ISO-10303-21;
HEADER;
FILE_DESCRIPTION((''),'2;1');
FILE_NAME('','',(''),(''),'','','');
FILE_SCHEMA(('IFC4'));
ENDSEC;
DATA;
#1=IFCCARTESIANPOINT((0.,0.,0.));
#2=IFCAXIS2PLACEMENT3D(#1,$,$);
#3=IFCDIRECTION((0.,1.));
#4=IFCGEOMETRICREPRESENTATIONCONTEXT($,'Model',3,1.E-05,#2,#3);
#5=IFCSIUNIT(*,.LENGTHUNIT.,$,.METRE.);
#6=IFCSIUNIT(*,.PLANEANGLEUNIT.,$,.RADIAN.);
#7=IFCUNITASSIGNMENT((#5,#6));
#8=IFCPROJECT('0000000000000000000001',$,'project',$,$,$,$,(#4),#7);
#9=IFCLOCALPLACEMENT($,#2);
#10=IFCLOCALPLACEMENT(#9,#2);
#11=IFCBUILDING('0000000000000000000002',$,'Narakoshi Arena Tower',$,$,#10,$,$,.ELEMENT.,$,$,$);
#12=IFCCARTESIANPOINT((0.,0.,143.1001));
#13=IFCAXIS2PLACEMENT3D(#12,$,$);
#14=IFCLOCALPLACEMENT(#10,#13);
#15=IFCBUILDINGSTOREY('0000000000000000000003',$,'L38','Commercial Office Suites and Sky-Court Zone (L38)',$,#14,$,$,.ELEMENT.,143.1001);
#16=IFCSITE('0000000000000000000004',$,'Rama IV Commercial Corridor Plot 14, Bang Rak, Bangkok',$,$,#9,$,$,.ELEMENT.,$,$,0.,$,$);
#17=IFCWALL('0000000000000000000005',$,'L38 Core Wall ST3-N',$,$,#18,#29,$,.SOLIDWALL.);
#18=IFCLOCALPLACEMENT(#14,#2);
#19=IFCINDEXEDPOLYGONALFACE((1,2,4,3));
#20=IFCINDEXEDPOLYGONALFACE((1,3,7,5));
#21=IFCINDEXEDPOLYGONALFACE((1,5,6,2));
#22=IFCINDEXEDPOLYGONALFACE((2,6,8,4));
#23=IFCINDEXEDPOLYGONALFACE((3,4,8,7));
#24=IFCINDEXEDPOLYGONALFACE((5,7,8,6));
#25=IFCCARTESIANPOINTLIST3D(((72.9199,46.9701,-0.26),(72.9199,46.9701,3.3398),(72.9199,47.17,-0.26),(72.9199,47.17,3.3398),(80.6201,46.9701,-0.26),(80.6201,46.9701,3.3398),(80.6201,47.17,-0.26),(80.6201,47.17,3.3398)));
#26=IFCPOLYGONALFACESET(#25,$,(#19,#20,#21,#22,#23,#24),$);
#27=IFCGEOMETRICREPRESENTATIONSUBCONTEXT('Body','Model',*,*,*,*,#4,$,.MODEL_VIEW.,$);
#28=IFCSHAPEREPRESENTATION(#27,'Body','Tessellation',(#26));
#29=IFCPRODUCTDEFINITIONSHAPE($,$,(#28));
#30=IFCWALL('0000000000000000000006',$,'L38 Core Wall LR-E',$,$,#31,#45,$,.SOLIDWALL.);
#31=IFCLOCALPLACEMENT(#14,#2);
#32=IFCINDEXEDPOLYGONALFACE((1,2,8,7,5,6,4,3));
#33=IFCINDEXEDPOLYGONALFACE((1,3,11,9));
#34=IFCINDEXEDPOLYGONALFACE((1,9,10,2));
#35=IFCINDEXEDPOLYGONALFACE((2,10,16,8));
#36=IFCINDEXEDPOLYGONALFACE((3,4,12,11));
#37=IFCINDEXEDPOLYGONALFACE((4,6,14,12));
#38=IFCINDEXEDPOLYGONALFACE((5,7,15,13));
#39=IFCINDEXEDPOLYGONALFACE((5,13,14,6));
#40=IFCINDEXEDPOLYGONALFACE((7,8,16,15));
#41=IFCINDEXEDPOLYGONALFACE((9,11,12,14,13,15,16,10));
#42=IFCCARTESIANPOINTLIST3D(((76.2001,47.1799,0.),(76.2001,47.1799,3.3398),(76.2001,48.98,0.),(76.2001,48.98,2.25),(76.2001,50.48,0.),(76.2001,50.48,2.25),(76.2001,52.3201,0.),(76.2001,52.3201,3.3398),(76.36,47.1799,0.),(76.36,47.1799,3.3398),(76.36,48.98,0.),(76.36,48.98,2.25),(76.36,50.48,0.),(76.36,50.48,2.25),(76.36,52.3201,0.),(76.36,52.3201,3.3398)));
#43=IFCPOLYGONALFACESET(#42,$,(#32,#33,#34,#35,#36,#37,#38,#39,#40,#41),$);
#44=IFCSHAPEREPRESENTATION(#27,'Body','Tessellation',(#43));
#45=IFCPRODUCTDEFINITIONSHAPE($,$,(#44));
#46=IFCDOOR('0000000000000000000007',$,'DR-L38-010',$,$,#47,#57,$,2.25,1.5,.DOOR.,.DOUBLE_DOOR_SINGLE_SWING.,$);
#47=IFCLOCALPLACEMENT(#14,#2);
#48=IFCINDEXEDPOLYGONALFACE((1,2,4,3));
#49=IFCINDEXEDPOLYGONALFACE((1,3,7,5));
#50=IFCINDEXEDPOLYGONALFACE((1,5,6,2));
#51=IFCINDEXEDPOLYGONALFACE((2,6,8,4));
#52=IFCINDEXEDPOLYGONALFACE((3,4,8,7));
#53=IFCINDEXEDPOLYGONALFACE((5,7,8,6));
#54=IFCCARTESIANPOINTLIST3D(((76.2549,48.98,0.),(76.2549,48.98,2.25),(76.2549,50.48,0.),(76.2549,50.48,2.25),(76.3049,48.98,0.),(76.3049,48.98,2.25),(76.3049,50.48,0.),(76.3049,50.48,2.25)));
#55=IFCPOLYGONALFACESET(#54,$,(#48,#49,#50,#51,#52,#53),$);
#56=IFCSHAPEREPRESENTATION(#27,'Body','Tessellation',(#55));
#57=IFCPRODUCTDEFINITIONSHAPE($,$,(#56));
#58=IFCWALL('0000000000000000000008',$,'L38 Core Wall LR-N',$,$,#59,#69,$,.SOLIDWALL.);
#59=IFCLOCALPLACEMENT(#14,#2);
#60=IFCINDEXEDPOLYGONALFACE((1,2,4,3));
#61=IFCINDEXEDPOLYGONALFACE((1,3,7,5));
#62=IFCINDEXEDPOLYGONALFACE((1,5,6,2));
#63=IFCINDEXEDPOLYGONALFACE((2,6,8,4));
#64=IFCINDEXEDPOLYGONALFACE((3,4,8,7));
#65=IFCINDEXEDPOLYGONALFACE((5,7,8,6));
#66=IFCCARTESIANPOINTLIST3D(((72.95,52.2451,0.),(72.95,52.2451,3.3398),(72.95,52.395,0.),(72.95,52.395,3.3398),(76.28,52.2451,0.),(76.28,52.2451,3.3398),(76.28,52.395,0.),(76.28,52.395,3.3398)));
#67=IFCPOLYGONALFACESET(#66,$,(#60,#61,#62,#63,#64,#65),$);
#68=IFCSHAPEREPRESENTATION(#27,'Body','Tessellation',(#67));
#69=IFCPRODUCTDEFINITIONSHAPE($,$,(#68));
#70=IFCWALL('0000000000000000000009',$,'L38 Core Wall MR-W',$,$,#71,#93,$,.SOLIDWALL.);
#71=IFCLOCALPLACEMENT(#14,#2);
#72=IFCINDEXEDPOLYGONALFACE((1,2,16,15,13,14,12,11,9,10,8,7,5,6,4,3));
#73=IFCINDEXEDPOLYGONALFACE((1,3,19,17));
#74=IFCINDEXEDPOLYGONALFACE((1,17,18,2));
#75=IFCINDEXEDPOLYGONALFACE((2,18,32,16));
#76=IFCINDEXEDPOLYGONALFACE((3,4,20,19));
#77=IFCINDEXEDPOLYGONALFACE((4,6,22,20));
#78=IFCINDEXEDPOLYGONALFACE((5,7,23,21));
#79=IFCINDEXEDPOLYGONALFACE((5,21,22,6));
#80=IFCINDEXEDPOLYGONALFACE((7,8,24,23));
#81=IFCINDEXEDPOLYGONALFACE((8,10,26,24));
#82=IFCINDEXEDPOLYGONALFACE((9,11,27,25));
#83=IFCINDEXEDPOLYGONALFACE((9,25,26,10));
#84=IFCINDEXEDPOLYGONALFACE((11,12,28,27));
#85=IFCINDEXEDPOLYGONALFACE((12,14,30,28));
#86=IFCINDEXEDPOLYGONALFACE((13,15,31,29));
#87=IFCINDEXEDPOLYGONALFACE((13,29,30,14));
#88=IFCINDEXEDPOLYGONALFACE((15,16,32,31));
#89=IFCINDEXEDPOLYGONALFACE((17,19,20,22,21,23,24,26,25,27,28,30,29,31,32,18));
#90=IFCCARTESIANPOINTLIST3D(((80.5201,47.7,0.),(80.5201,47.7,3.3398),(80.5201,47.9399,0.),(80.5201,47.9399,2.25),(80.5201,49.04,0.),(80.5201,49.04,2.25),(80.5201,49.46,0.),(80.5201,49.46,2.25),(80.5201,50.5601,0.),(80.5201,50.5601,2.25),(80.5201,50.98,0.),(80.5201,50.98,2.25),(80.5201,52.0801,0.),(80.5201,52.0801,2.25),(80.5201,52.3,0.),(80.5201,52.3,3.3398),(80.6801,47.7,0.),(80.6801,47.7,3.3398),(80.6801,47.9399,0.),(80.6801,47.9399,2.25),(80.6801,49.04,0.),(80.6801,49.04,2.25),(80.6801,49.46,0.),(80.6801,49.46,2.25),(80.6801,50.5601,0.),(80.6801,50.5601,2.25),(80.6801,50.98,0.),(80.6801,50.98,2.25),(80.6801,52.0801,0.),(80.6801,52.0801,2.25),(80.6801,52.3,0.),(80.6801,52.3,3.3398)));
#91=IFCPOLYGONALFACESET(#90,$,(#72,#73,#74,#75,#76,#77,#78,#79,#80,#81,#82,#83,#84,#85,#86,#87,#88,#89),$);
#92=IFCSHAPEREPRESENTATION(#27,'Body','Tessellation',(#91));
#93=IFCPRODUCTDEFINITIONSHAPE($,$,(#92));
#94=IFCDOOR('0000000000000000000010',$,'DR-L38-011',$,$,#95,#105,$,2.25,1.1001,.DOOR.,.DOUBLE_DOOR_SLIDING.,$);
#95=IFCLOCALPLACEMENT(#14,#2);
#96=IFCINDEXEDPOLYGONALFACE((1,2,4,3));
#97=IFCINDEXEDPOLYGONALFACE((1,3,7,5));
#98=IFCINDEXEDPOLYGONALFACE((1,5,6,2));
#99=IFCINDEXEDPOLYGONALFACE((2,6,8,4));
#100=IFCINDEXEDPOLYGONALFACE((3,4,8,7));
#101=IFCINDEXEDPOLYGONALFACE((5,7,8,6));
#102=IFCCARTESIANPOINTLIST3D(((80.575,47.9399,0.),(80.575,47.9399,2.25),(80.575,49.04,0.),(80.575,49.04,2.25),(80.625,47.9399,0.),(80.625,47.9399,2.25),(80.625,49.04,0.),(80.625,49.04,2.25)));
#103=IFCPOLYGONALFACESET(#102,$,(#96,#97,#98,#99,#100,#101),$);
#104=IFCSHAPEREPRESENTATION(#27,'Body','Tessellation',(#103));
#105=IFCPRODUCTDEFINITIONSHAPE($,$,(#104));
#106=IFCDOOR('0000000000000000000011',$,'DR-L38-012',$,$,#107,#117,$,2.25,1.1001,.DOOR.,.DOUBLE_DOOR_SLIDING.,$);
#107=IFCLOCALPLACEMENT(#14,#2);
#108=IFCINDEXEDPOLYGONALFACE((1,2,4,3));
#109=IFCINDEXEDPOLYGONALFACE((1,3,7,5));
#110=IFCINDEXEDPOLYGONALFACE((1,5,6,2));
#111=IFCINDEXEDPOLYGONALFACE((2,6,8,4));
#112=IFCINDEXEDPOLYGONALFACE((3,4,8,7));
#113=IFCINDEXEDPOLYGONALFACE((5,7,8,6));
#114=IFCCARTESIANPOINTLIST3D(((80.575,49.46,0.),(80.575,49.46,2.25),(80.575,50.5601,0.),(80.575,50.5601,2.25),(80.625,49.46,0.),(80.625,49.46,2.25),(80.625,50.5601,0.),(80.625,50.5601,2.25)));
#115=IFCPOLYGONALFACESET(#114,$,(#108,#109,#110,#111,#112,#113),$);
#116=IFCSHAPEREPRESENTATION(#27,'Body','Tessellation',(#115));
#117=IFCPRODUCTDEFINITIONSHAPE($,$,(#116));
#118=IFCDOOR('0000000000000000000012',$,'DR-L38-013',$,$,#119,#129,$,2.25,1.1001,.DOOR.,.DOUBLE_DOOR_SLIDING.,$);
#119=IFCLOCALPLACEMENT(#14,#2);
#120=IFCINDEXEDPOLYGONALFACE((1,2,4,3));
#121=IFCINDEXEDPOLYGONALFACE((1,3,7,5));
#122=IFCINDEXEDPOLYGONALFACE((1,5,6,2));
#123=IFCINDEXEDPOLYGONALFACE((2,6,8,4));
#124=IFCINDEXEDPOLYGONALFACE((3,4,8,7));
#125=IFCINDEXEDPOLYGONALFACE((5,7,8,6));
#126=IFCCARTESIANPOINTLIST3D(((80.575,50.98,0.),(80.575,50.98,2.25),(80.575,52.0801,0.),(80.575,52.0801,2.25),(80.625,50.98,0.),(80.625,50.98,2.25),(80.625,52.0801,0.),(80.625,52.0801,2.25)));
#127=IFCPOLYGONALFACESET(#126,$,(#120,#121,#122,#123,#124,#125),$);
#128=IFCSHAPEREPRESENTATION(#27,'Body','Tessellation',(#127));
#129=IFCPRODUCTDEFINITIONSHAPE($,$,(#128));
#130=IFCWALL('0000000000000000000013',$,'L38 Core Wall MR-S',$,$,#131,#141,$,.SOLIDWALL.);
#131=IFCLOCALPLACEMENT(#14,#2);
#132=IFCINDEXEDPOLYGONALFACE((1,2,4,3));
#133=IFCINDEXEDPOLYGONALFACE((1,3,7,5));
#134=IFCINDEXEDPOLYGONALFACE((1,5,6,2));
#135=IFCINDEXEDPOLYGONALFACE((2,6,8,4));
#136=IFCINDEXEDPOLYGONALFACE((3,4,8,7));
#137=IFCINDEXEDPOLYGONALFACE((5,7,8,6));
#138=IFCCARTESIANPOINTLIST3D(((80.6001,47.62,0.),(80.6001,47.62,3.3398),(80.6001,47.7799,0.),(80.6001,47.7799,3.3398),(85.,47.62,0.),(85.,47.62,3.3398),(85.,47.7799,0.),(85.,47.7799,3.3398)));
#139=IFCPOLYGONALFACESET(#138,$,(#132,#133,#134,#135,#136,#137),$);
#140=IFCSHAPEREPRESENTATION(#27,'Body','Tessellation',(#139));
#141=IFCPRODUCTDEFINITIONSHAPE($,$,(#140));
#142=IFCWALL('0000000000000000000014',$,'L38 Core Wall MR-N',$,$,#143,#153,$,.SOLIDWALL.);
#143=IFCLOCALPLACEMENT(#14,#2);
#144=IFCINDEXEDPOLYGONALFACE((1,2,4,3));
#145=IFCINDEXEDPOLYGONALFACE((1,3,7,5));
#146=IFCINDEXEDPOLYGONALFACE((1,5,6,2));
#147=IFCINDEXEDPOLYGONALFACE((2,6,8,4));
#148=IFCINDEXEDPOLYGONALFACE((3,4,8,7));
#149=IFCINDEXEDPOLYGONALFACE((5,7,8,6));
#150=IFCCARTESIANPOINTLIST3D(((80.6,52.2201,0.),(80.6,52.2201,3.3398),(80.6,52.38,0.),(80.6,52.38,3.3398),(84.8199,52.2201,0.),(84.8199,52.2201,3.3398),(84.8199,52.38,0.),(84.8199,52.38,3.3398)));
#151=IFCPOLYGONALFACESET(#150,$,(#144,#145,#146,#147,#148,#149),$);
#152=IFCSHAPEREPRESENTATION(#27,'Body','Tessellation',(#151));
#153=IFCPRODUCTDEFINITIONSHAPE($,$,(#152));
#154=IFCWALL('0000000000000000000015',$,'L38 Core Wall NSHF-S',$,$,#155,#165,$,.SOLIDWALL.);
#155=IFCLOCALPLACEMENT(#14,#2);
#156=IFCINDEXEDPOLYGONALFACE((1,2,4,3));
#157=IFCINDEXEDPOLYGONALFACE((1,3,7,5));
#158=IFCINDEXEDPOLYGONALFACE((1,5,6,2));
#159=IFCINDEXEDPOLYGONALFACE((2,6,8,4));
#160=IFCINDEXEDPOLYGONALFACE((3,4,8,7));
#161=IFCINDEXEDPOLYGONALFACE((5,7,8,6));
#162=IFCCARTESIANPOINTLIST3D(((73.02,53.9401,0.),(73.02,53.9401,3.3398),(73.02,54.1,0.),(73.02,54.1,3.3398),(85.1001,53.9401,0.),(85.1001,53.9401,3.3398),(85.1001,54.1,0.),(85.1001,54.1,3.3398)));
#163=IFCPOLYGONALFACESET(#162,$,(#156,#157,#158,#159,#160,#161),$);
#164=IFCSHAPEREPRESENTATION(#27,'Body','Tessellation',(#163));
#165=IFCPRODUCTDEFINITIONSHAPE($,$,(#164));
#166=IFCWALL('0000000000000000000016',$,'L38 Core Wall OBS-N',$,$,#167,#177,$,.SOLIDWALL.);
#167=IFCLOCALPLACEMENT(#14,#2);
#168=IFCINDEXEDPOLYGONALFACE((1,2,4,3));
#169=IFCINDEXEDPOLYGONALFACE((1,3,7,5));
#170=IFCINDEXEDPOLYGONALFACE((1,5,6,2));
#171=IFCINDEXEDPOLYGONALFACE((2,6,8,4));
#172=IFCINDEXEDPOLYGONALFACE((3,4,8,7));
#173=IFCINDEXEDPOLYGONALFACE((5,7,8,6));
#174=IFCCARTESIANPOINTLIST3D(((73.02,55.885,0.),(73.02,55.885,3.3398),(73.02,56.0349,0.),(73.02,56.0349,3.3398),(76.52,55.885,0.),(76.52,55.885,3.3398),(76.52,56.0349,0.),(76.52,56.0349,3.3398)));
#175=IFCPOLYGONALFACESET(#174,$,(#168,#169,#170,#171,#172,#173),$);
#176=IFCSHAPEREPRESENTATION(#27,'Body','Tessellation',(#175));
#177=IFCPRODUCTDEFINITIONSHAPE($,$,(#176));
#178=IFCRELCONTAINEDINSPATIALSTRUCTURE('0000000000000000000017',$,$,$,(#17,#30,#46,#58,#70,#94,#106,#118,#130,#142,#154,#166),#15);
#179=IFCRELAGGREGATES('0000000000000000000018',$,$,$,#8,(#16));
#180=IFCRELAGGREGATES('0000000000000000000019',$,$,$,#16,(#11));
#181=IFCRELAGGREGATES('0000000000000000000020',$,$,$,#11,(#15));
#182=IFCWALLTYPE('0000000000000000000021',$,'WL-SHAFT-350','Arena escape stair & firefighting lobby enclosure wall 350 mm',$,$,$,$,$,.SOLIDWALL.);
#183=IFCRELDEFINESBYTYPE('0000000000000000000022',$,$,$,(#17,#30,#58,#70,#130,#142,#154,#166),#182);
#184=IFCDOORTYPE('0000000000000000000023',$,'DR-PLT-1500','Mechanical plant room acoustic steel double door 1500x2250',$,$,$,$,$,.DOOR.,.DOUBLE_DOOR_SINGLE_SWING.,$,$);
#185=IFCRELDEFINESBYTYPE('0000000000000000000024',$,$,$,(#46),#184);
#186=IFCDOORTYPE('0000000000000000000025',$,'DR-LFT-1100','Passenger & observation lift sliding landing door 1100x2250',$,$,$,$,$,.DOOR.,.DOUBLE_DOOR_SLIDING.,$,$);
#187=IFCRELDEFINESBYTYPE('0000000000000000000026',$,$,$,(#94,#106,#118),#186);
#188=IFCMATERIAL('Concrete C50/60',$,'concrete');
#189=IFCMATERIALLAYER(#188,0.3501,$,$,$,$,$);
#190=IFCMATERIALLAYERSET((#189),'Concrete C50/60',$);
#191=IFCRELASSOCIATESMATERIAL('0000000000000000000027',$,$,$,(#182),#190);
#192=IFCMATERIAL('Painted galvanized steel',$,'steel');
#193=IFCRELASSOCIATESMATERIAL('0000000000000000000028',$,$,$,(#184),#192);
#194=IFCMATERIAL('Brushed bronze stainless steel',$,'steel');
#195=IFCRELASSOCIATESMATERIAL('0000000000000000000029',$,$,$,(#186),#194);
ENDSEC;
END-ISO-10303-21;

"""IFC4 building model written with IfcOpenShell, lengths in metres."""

from ifc_helpers import new_model, si_unit, direction, frame, frame_2d, origin, place, context, subcontext, project, spatial, rectangle, extrude, material, layer, layer_set, type_object, element, fill, save


model = new_model("IFC4")

# Units and contexts
model_context = context("Model", 3, precision=1e-05, world=origin(), true_north=direction((0.0, 1.0)))
body_context = subcontext(model_context, "Body", "Model", "MODEL_VIEW")
ifc_project = project(units=[si_unit("LENGTHUNIT", "METRE"), si_unit("PLANEANGLEUNIT", "RADIAN")], contexts=[model_context])

# Site, building, storey
site_placement = place(None, origin())
site = spatial("IfcSite", under=ifc_project, at=site_placement, Name="Rama IV Commercial Corridor Plot 14, Bang Rak, Bangkok", CompositionType="ELEMENT", RefElevation=0.0)
building_placement = place(site_placement, origin())
building = spatial("IfcBuilding", under=site, at=building_placement, Name="Narakoshi Arena Tower", CompositionType="ELEMENT")
storey_placement = place(building_placement, frame((0.0, 0.0, 143.1001)))
storey = spatial("IfcBuildingStorey", under=building, at=storey_placement, Name="L38", Description="Commercial Office Suites and Sky-Court Zone (L38)", CompositionType="ELEMENT", Elevation=143.1001)

# Wall
ifc_material_1 = material(Name="Concrete C50/60", Category="concrete")
ifc_layer_1 = layer(ifc_material_1, 0.3501)
ifc_layer_set_1 = layer_set([ifc_layer_1], Name="Concrete C50/60")
wall_type_1 = type_object("IfcWallType", Name="WL-SHAFT-350", Description="Arena escape stair & firefighting lobby enclosure wall 350 mm", PredefinedType="SOLIDWALL", material=ifc_layer_set_1)
wall_1_placement = place(storey_placement, frame((72.9199, 47.0701, -0.26), z_axis=(0.0, 0.0, 1.0), x_axis=(1.0, 0.0, 0.0)))
element("IfcWall", 1, at=wall_1_placement, inside=storey, type_object=wall_type_1, Name="L38 Core Wall ST3-N", PredefinedType="SOLIDWALL", context=body_context, shape_type="SweptSolid", body=[
    extrude(rectangle(XDim=7.7002, YDim=0.2, at=frame_2d((3.8501, 0.0))), origin(), (0.0, 0.0, 1.0), 3.5999),
])

# Wall, opening, door
wall_2_placement = place(storey_placement, frame((76.28, 47.1799, 0.0), z_axis=(0.0, 0.0, 1.0), x_axis=(0.0, 1.0, 0.0)))
wall_2 = element("IfcWall", 2, at=wall_2_placement, inside=storey, type_object=wall_type_1, Name="L38 Core Wall LR-E", PredefinedType="SOLIDWALL", context=body_context, shape_type="SweptSolid", body=[
    extrude(rectangle(XDim=5.1401, YDim=0.1599, at=frame_2d((2.5701, 0.0))), origin(), (0.0, 0.0, 1.0), 3.3398),
])
opening_1_placement = place(wall_2_placement, frame((1.8, 0.0, 0.0)))
opening_1 = element("IfcOpeningElement", 3, at=opening_1_placement, cuts=wall_2, PredefinedType="OPENING", context=body_context, shape_type="SweptSolid", body=[
    extrude(rectangle(XDim=1.5, YDim=2.25, at=frame_2d((0.75, 1.125))), frame((0.0, 0.0898, 0.0), z_axis=(0.0, -1.0, 0.0), x_axis=(1.0, 0.0, 0.0)), (0.0, 0.0, 1.0), 0.1799),
])
ifc_material_2 = material(Name="Painted galvanized steel", Category="steel")
door_type_1 = type_object("IfcDoorType", Name="DR-PLT-1500", Description="Mechanical plant room acoustic steel double door 1500x2250", OperationType="DOUBLE_DOOR_SINGLE_SWING", PredefinedType="DOOR", material=ifc_material_2)
door_1_placement = place(opening_1_placement, frame((1.5, 0.0, 0.0), z_axis=(0.0, 0.0, 1.0), x_axis=(-1.0, 0.0, 0.0)))
door_1 = element("IfcDoor", 4, at=door_1_placement, inside=storey, type_object=door_type_1, Name="DR-L38-010", OperationType="DOUBLE_DOOR_SINGLE_SWING", OverallHeight=2.25, OverallWidth=1.5, PredefinedType="DOOR", context=body_context, shape_type="SweptSolid", body=[
    extrude(rectangle(XDim=1.5, YDim=2.25, at=frame_2d((0.75, 1.125))), frame((0.0, 0.0249, 0.0), z_axis=(0.0, -1.0, 0.0), x_axis=(1.0, 0.0, 0.0)), (0.0, 0.0, 1.0), 0.05),
])
fill(opening_1, door_1)

# Wall
wall_3_placement = place(storey_placement, frame((72.95, 52.3201, 0.0), z_axis=(0.0, 0.0, 1.0), x_axis=(1.0, 0.0, 0.0)))
element("IfcWall", 5, at=wall_3_placement, inside=storey, type_object=wall_type_1, Name="L38 Core Wall LR-N", PredefinedType="SOLIDWALL", context=body_context, shape_type="SweptSolid", body=[
    extrude(rectangle(XDim=3.3301, YDim=0.1499, at=frame_2d((1.665, 0.0))), origin(), (0.0, 0.0, 1.0), 3.3398),
])

# Wall, openings, doors
wall_4_placement = place(storey_placement, frame((80.6001, 47.7, 0.0), z_axis=(0.0, 0.0, 1.0), x_axis=(0.0, 1.0, 0.0)))
wall_4 = element("IfcWall", 6, at=wall_4_placement, inside=storey, type_object=wall_type_1, Name="L38 Core Wall MR-W", PredefinedType="SOLIDWALL", context=body_context, shape_type="SweptSolid", body=[
    extrude(rectangle(XDim=4.6001, YDim=0.1599, at=frame_2d((2.3, 0.0))), origin(), (0.0, 0.0, 1.0), 3.3398),
])
opening_2_placement = place(wall_4_placement, frame((0.24, 0.0, 0.0)))
opening_2 = element("IfcOpeningElement", 7, at=opening_2_placement, cuts=wall_4, PredefinedType="OPENING", context=body_context, shape_type="SweptSolid", body=[
    extrude(rectangle(XDim=1.1001, YDim=2.25, at=frame_2d((0.55, 1.125))), frame((0.0, 0.0898, 0.0), z_axis=(0.0, -1.0, 0.0), x_axis=(1.0, 0.0, 0.0)), (0.0, 0.0, 1.0), 0.1799),
])
opening_3_placement = place(wall_4_placement, frame((1.76, 0.0, 0.0)))
opening_3 = element("IfcOpeningElement", 8, at=opening_3_placement, cuts=wall_4, PredefinedType="OPENING", context=body_context, shape_type="SweptSolid", body=[
    extrude(rectangle(XDim=1.1001, YDim=2.25, at=frame_2d((0.55, 1.125))), frame((0.0, 0.0898, 0.0), z_axis=(0.0, -1.0, 0.0), x_axis=(1.0, 0.0, 0.0)), (0.0, 0.0, 1.0), 0.1799),
])
opening_4_placement = place(wall_4_placement, frame((3.28, 0.0, 0.0)))
opening_4 = element("IfcOpeningElement", 9, at=opening_4_placement, cuts=wall_4, PredefinedType="OPENING", context=body_context, shape_type="SweptSolid", body=[
    extrude(rectangle(XDim=1.1001, YDim=2.25, at=frame_2d((0.55, 1.125))), frame((0.0, 0.0898, 0.0), z_axis=(0.0, -1.0, 0.0), x_axis=(1.0, 0.0, 0.0)), (0.0, 0.0, 1.0), 0.1799),
])
ifc_material_3 = material(Name="Brushed bronze stainless steel", Category="steel")
door_type_2 = type_object("IfcDoorType", Name="DR-LFT-1100", Description="Passenger & observation lift sliding landing door 1100x2250", OperationType="DOUBLE_DOOR_SLIDING", PredefinedType="DOOR", material=ifc_material_3)
door_2_placement = place(opening_2_placement, frame((1.1001, 0.0, 0.0), z_axis=(0.0, 0.0, 1.0), x_axis=(-1.0, 0.0, 0.0)))
door_2 = element("IfcDoor", 10, at=door_2_placement, inside=storey, type_object=door_type_2, Name="DR-L38-011", OperationType="DOUBLE_DOOR_SLIDING", OverallHeight=2.25, OverallWidth=1.1001, PredefinedType="DOOR", context=body_context, shape_type="SweptSolid", body=[
    extrude(rectangle(XDim=1.1001, YDim=2.25, at=frame_2d((0.55, 1.125))), frame((0.0, 0.0249, 0.0), z_axis=(0.0, -1.0, 0.0), x_axis=(1.0, 0.0, 0.0)), (0.0, 0.0, 1.0), 0.05),
])
fill(opening_2, door_2)
door_3_placement = place(opening_3_placement, frame((1.1001, 0.0, 0.0), z_axis=(0.0, 0.0, 1.0), x_axis=(-1.0, 0.0, 0.0)))
door_3 = element("IfcDoor", 11, at=door_3_placement, inside=storey, type_object=door_type_2, Name="DR-L38-012", OperationType="DOUBLE_DOOR_SLIDING", OverallHeight=2.25, OverallWidth=1.1001, PredefinedType="DOOR", context=body_context, shape_type="SweptSolid", body=[
    extrude(rectangle(XDim=1.1001, YDim=2.25, at=frame_2d((0.55, 1.125))), frame((0.0, 0.0249, 0.0), z_axis=(0.0, -1.0, 0.0), x_axis=(1.0, 0.0, 0.0)), (0.0, 0.0, 1.0), 0.05),
])
fill(opening_3, door_3)
door_4_placement = place(opening_4_placement, frame((1.1001, 0.0, 0.0), z_axis=(0.0, 0.0, 1.0), x_axis=(-1.0, 0.0, 0.0)))
door_4 = element("IfcDoor", 12, at=door_4_placement, inside=storey, type_object=door_type_2, Name="DR-L38-013", OperationType="DOUBLE_DOOR_SLIDING", OverallHeight=2.25, OverallWidth=1.1001, PredefinedType="DOOR", context=body_context, shape_type="SweptSolid", body=[
    extrude(rectangle(XDim=1.1001, YDim=2.25, at=frame_2d((0.55, 1.125))), frame((0.0, 0.0249, 0.0), z_axis=(0.0, -1.0, 0.0), x_axis=(1.0, 0.0, 0.0)), (0.0, 0.0, 1.0), 0.05),
])
fill(opening_4, door_4)

# Walls
wall_5_placement = place(storey_placement, frame((80.6001, 47.7, 0.0), z_axis=(0.0, 0.0, 1.0), x_axis=(1.0, 0.0, 0.0)))
element("IfcWall", 13, at=wall_5_placement, inside=storey, type_object=wall_type_1, Name="L38 Core Wall MR-S", PredefinedType="SOLIDWALL", context=body_context, shape_type="SweptSolid", body=[
    extrude(rectangle(XDim=4.3999, YDim=0.1599, at=frame_2d((2.2, 0.0))), origin(), (0.0, 0.0, 1.0), 3.3398),
])
wall_6_placement = place(storey_placement, frame((80.6001, 52.3, 0.0), z_axis=(0.0, 0.0, 1.0), x_axis=(1.0, 0.0, 0.0)))
element("IfcWall", 14, at=wall_6_placement, inside=storey, type_object=wall_type_1, Name="L38 Core Wall MR-N", PredefinedType="SOLIDWALL", context=body_context, shape_type="SweptSolid", body=[
    extrude(rectangle(XDim=4.22, YDim=0.1599, at=frame_2d((2.1099, 0.0))), origin(), (0.0, 0.0, 1.0), 3.3398),
])
wall_7_placement = place(storey_placement, frame((73.02, 54.02, 0.0), z_axis=(0.0, 0.0, 1.0), x_axis=(1.0, 0.0, 0.0)))
element("IfcWall", 15, at=wall_7_placement, inside=storey, type_object=wall_type_1, Name="L38 Core Wall NSHF-S", PredefinedType="SOLIDWALL", context=body_context, shape_type="SweptSolid", body=[
    extrude(rectangle(XDim=12.0801, YDim=0.1599, at=frame_2d((6.04, 0.0))), origin(), (0.0, 0.0, 1.0), 3.3398),
])
wall_8_placement = place(storey_placement, frame((73.02, 55.96, 0.0), z_axis=(0.0, 0.0, 1.0), x_axis=(1.0, 0.0, 0.0)))
element("IfcWall", 16, at=wall_8_placement, inside=storey, type_object=wall_type_1, Name="L38 Core Wall OBS-N", PredefinedType="SOLIDWALL", context=body_context, shape_type="SweptSolid", body=[
    extrude(rectangle(XDim=3.5, YDim=0.1499, at=frame_2d((1.75, 0.0))), origin(), (0.0, 0.0, 1.0), 3.3398),
])

save(model, "model.ifc")
